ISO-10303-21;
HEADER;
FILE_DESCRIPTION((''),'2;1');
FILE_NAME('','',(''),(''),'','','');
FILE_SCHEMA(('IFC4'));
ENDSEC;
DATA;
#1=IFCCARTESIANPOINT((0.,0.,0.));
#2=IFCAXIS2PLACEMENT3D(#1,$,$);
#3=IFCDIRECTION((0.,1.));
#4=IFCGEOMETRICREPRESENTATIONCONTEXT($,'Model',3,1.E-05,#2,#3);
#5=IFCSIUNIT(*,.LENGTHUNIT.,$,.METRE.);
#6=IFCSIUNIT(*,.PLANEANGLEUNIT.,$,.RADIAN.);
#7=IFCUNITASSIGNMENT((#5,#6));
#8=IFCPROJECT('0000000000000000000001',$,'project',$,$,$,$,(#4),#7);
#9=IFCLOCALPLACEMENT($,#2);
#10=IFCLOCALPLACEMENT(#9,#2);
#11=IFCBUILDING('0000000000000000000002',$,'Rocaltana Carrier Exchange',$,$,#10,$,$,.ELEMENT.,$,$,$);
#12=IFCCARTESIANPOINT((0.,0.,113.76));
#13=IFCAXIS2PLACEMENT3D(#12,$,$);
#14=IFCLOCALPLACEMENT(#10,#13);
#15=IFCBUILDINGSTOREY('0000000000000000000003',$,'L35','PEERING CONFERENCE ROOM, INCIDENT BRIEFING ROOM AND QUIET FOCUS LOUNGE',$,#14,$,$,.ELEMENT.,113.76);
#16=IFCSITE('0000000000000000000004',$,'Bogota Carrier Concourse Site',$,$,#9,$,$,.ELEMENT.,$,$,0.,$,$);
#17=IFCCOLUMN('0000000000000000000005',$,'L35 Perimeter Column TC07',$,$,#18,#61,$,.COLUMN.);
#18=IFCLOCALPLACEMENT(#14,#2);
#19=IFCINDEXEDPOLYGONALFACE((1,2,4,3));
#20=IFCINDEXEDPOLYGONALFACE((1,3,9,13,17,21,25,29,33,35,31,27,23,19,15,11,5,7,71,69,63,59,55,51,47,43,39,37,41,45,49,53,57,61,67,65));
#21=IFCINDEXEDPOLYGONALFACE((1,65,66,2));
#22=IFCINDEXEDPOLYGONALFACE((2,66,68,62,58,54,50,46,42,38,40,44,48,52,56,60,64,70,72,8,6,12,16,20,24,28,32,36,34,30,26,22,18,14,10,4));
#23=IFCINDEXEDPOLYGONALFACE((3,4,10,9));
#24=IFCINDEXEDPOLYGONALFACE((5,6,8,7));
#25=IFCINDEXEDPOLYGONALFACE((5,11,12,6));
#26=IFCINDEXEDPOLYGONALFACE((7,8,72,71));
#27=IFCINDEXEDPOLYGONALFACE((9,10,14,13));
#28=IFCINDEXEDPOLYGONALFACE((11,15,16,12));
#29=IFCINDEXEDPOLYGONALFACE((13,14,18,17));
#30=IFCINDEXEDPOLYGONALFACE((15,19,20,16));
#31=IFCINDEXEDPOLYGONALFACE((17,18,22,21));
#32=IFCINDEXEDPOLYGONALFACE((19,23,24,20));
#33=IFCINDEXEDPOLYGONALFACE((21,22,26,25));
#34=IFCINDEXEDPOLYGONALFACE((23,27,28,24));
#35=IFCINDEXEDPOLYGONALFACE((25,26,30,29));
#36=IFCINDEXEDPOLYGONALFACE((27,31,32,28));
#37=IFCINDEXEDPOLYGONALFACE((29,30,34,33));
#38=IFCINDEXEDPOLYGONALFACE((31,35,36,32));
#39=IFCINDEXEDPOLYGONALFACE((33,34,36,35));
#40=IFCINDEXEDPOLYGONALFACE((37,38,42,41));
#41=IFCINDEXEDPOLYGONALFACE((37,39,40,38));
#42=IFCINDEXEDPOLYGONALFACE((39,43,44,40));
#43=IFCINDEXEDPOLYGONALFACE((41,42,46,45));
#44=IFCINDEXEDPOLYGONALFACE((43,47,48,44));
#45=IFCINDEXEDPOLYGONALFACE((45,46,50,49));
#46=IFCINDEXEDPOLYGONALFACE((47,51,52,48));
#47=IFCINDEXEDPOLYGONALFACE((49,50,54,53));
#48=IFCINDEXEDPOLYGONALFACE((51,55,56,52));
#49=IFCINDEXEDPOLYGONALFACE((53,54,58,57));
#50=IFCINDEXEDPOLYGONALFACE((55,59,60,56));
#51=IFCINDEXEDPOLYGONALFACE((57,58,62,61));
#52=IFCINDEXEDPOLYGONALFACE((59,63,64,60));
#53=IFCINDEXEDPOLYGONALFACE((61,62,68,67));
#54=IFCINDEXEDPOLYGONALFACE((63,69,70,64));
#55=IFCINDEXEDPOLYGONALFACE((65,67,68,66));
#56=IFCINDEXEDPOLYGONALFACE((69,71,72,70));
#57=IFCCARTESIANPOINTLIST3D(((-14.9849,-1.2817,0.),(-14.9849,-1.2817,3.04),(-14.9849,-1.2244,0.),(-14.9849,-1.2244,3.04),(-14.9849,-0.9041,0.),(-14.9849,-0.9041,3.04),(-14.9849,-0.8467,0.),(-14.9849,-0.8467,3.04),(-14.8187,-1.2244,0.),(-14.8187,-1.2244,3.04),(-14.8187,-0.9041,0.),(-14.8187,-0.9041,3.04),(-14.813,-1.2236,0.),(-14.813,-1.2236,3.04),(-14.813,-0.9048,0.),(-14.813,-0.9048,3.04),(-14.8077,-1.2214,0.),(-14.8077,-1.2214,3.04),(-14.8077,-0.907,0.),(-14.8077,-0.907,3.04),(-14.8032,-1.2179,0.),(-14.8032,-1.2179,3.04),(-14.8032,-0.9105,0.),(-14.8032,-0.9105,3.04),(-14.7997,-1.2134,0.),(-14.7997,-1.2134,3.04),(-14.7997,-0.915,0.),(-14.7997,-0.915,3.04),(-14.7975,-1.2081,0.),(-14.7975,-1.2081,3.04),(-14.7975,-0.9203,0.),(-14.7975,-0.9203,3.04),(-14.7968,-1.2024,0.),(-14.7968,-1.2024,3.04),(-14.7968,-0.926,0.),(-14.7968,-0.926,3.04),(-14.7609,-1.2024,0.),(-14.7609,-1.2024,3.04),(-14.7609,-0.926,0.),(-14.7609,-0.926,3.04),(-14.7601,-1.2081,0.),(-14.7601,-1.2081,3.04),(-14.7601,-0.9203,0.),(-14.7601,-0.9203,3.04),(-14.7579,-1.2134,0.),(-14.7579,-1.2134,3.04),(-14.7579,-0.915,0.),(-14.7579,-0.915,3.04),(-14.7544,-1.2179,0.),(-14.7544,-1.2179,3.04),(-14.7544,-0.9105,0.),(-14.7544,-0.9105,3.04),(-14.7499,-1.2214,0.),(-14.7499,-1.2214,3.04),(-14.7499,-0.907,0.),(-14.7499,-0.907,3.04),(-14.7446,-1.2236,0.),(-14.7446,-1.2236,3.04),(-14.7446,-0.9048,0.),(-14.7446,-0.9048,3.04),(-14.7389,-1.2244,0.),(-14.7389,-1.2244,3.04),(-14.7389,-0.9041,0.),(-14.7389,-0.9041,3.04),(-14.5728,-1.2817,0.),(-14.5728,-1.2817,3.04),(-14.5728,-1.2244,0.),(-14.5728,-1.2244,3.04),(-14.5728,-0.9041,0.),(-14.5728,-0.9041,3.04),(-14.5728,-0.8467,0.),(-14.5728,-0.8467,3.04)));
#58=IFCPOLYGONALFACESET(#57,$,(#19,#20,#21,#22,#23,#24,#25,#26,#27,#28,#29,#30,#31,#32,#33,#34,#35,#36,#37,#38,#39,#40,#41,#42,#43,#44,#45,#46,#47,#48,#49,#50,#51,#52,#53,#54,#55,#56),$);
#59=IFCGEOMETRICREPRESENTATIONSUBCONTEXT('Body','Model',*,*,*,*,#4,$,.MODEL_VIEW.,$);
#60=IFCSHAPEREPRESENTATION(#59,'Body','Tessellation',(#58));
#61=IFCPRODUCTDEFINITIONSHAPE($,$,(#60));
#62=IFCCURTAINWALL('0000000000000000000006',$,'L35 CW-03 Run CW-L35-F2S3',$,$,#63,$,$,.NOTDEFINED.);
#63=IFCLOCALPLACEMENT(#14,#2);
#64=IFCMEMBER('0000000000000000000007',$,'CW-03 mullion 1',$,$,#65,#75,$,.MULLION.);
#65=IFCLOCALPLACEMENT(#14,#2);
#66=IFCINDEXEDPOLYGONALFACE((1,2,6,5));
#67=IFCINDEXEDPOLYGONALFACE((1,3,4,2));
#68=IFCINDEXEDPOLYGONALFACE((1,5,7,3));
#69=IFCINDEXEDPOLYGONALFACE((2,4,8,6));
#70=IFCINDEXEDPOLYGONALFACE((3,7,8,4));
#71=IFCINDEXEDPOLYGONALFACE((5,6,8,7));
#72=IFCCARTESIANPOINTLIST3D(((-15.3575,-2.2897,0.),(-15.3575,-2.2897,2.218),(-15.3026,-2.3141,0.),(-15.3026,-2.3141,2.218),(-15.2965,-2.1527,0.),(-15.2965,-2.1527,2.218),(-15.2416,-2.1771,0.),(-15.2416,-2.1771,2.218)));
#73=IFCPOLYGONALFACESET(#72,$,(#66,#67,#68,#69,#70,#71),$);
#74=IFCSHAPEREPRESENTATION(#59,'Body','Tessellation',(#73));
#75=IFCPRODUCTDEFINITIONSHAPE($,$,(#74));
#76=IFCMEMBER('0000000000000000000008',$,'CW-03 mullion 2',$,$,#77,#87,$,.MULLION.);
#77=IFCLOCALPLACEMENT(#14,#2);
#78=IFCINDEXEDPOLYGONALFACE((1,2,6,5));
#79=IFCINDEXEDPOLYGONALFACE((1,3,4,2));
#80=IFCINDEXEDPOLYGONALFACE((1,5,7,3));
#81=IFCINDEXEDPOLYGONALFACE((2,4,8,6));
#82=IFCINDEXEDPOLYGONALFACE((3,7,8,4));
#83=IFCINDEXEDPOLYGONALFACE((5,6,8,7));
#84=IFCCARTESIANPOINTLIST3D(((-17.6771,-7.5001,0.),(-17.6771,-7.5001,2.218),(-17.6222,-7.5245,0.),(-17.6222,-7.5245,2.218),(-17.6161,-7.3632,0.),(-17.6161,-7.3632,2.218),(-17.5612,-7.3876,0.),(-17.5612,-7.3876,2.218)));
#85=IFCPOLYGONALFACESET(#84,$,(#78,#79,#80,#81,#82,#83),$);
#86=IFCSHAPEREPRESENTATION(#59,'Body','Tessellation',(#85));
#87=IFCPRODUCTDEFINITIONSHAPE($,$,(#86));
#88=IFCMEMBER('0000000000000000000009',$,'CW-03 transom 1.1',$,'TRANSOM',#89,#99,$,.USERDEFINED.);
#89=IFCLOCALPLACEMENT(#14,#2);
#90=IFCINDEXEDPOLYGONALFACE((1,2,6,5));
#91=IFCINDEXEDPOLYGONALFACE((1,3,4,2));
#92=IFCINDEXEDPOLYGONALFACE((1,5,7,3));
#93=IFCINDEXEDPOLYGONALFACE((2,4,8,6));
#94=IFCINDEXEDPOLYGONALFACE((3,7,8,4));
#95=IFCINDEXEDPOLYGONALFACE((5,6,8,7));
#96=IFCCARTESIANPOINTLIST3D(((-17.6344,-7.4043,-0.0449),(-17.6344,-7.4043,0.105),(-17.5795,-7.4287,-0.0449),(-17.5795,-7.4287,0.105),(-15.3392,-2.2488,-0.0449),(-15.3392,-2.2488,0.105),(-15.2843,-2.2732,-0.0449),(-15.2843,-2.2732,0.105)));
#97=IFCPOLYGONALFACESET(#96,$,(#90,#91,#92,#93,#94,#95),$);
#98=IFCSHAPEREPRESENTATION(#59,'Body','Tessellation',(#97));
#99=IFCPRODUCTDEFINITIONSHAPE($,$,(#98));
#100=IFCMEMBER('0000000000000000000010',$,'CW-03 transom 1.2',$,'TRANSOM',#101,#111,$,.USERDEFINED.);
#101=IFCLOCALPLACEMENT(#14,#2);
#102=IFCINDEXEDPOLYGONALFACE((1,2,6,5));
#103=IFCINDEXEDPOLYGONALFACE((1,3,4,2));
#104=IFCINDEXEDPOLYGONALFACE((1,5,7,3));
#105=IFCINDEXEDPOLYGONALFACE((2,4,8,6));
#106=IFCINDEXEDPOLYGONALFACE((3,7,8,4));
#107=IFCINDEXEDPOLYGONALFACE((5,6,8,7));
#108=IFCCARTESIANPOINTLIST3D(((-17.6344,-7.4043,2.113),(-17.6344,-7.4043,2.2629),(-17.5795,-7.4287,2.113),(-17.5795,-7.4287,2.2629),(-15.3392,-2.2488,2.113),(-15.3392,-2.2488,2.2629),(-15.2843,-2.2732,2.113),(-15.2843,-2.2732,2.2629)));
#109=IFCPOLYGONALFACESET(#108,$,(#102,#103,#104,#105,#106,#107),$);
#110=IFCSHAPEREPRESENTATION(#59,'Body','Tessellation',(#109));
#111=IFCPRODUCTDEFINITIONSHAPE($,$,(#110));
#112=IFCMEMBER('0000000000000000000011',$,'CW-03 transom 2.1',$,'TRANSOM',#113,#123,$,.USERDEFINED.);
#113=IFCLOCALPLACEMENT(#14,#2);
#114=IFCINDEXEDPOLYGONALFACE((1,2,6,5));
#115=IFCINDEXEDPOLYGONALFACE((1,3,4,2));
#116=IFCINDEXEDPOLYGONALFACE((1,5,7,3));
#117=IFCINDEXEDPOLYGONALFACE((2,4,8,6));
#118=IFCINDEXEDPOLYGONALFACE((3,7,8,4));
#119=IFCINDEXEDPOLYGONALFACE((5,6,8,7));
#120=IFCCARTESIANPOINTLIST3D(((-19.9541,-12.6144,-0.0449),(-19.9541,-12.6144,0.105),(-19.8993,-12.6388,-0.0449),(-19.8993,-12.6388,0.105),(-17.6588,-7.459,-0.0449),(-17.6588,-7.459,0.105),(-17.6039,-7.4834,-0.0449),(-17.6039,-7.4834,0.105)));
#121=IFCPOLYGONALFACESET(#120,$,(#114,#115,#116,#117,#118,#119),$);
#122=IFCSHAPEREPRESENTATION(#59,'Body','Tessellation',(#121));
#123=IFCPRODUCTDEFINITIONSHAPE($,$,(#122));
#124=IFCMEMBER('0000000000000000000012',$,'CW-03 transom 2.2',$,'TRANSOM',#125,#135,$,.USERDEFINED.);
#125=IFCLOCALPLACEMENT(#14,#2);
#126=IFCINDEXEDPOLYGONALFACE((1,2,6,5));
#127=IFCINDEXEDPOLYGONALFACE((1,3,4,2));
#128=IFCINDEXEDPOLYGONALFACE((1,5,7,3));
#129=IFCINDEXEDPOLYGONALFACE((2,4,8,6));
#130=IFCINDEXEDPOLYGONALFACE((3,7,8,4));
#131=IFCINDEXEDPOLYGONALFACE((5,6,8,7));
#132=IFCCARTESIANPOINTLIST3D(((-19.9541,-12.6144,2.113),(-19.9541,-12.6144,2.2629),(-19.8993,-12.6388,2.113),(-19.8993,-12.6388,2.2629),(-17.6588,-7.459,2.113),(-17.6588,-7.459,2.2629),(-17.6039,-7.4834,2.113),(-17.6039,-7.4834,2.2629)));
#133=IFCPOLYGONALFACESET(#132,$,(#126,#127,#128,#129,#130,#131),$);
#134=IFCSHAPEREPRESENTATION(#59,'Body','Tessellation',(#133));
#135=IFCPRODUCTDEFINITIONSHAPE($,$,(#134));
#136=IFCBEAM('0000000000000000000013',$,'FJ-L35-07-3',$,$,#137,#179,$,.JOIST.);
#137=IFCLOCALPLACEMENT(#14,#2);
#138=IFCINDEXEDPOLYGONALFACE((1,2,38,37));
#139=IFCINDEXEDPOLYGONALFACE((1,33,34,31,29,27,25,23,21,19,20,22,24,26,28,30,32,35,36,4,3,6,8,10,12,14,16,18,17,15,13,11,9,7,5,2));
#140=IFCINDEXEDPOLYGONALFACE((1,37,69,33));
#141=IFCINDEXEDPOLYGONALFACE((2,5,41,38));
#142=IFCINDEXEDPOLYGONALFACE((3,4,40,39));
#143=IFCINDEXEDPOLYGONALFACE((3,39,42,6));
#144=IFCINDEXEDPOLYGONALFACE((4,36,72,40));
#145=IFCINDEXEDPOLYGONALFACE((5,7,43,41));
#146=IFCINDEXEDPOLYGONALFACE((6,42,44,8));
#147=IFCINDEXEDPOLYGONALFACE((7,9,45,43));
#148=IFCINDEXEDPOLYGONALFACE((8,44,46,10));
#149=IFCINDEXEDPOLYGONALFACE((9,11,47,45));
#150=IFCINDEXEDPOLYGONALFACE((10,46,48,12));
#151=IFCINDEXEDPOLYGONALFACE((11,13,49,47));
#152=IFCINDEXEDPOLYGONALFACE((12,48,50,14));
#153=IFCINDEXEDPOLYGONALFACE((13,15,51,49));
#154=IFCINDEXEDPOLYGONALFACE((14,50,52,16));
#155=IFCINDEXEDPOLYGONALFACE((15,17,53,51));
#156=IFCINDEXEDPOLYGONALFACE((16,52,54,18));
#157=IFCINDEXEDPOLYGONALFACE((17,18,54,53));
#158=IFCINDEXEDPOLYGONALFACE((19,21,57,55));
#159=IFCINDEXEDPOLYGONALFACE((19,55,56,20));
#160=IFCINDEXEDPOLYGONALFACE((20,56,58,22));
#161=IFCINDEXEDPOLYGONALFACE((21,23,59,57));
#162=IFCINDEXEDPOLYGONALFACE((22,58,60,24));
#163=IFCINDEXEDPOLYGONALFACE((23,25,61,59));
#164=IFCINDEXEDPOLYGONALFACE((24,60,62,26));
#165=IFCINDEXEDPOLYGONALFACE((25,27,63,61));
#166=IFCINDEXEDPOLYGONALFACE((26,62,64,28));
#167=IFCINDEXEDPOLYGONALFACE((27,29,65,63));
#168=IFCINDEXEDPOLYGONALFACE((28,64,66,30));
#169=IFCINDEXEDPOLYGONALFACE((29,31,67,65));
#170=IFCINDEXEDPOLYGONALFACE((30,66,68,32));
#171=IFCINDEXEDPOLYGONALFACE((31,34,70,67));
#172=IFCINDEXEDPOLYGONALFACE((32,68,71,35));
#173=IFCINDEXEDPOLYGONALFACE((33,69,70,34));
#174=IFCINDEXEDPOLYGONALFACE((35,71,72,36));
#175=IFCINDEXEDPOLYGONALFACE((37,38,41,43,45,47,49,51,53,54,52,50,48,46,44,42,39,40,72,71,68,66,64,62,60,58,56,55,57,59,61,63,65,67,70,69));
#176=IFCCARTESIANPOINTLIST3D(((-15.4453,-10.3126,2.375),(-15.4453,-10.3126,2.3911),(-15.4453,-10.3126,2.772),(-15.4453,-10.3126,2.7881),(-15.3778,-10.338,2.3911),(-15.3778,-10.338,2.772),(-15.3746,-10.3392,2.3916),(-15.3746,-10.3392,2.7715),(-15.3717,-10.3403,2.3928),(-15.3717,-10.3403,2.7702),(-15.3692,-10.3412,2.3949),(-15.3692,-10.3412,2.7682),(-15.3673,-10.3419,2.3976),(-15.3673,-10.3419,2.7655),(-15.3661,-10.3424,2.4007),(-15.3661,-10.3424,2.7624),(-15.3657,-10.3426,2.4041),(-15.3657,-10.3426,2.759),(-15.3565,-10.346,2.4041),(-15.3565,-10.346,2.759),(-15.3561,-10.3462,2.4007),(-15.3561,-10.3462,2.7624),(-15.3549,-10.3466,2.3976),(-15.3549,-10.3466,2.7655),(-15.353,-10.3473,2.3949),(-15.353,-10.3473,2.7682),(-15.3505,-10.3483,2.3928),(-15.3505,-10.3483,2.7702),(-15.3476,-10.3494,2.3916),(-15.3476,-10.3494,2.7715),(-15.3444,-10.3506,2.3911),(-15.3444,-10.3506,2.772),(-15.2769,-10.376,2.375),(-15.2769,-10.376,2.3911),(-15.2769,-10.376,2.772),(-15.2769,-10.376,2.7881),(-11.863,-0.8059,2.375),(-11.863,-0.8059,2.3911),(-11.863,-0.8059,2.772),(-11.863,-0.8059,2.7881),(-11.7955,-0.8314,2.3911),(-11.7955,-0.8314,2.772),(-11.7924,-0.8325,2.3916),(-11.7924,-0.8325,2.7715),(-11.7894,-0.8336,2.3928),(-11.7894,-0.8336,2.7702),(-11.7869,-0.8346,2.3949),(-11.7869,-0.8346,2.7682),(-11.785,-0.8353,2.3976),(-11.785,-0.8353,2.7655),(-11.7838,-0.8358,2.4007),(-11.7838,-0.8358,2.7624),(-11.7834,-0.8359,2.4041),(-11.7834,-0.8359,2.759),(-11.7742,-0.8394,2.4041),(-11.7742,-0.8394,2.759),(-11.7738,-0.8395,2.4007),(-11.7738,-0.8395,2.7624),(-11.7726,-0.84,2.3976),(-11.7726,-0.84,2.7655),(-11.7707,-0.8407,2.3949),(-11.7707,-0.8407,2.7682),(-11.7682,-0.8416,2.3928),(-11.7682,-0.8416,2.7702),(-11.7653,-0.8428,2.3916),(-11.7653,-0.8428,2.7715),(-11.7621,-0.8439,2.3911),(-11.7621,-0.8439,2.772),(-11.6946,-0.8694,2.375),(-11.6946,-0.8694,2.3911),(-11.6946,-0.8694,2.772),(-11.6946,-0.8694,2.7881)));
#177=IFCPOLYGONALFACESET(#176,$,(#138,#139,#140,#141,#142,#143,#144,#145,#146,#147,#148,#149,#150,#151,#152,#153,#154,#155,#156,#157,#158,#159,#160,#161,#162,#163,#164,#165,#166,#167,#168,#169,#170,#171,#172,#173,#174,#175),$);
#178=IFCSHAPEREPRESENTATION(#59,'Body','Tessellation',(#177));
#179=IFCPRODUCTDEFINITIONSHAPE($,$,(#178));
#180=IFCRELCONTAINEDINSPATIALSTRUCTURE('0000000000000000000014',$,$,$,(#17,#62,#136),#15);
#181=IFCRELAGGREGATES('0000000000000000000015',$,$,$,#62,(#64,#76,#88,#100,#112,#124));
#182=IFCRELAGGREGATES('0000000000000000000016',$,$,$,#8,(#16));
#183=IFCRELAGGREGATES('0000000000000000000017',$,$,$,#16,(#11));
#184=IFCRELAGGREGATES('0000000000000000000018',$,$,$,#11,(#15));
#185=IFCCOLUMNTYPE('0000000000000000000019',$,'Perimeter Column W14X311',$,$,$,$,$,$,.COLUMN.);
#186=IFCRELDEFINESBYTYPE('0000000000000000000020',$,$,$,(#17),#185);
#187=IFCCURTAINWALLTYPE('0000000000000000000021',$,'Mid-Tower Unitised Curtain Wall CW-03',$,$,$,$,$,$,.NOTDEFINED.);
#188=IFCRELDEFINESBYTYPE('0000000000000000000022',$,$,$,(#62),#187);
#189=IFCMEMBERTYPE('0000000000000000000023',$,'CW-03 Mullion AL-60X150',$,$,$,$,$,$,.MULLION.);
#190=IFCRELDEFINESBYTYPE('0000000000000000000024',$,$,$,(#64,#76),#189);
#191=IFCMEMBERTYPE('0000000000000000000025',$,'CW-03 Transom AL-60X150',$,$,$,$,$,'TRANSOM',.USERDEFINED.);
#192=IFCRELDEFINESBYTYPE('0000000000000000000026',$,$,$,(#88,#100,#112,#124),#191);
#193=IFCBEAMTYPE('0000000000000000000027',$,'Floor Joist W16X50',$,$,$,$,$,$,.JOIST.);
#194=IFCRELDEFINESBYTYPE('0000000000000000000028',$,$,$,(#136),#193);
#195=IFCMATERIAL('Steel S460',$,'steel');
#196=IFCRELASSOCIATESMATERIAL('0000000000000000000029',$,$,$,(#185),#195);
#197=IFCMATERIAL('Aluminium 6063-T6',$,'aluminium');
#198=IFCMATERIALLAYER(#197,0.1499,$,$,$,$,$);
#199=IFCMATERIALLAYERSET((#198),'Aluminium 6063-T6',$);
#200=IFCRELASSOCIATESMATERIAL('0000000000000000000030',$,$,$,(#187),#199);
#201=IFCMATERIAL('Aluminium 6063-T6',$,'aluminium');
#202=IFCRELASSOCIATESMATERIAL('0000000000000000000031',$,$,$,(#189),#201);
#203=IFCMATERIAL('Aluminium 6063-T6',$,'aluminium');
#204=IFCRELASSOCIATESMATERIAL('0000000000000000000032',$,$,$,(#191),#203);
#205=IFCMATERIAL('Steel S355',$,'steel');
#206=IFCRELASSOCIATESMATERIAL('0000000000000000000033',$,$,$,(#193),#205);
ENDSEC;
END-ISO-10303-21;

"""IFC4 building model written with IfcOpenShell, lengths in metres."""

from ifc_helpers import new_model, si_unit, direction, frame, origin, origin_2d, place, context, subcontext, project, spatial, rectangle, i_section, extrude, material, layer, layer_set, material_profile, profile_set, type_object, element, aggregate, save


model = new_model("IFC4")

# Units and contexts
model_context = context("Model", 3, precision=1e-05, world=origin(), true_north=direction((0.0, 1.0)))
body_context = subcontext(model_context, "Body", "Model", "MODEL_VIEW")
ifc_project = project(units=[si_unit("LENGTHUNIT", "METRE"), si_unit("PLANEANGLEUNIT", "RADIAN")], contexts=[model_context])

# Site, building, storey
site_placement = place(None, origin())
site = spatial("IfcSite", under=ifc_project, at=site_placement, Name="Bogota Carrier Concourse Site", CompositionType="ELEMENT", RefElevation=0.0)
building_placement = place(site_placement, origin())
building = spatial("IfcBuilding", under=site, at=building_placement, Name="Rocaltana Carrier Exchange", CompositionType="ELEMENT")
storey_placement = place(building_placement, frame((0.0, 0.0, 113.76)))
storey = spatial("IfcBuildingStorey", under=building, at=storey_placement, Name="L35", Description="PEERING CONFERENCE ROOM, INCIDENT BRIEFING ROOM AND QUIET FOCUS LOUNGE", CompositionType="ELEMENT", Elevation=113.76)

# Column
ifc_material_1 = material(Name="Steel S460", Category="steel")
ifc_material_profile_1 = material_profile(ifc_material_1, i_section(OverallWidth=0.4121, OverallDepth=0.4351, WebThickness=0.0359, FlangeThickness=0.0574, FilletRadius=0.022, at=origin_2d()), Name="W14X311")
ifc_profile_set_1 = profile_set([ifc_material_profile_1], Name="Steel S460")
column_type = type_object("IfcColumnType", Name="Perimeter Column W14X311", PredefinedType="COLUMN", material=ifc_profile_set_1)
column_placement = place(storey_placement, frame((-14.7788, -1.0642, 0.0), z_axis=(0.0, 0.0, 1.0), x_axis=(1.0, 0.0, 0.0)))
element("IfcColumn", 1, at=column_placement, inside=storey, type_object=column_type, Name="L35 Perimeter Column TC07", PredefinedType="COLUMN", context=body_context, shape_type="SweptSolid", body=[
    extrude(i_section(OverallWidth=0.4121, OverallDepth=0.4351, WebThickness=0.0359, FlangeThickness=0.0574, FilletRadius=0.022, at=origin_2d()), origin(), (0.0, 0.0, 1.0), 3.04),
])

# Curtain wall, members
ifc_material_2 = material(Name="Aluminium 6063-T6", Category="aluminium")
ifc_layer_1 = layer(ifc_material_2, 0.1499)
ifc_layer_set_1 = layer_set([ifc_layer_1], Name="Aluminium 6063-T6")
curtain_wall_type = type_object("IfcCurtainWallType", Name="Mid-Tower Unitised Curtain Wall CW-03", PredefinedType="NOTDEFINED", material=ifc_layer_set_1)
curtain_wall_placement = place(storey_placement, origin())
curtain_wall = element("IfcCurtainWall", 2, at=curtain_wall_placement, inside=storey, type_object=curtain_wall_type, Name="L35 CW-03 Run CW-L35-F2S3", PredefinedType="NOTDEFINED")
ifc_material_3 = material(Name="Aluminium 6063-T6", Category="aluminium")
ifc_material_profile_2 = material_profile(ifc_material_3, rectangle(XDim=0.0601, YDim=0.1499, at=origin_2d()), Name="AL-60X150")
ifc_profile_set_2 = profile_set([ifc_material_profile_2], Name="Aluminium 6063-T6")
member_type_1 = type_object("IfcMemberType", Name="CW-03 Mullion AL-60X150", PredefinedType="MULLION", material=ifc_profile_set_2)
member_1_placement = place(storey_placement, frame((-15.2996, -2.2334, 0.0), z_axis=(0.0, 0.0, 1.0), x_axis=(0.913547, -0.406733, 0.0)))
member_1 = element("IfcMember", 3, at=member_1_placement, type_object=member_type_1, Name="CW-03 mullion 1", PredefinedType="MULLION", context=body_context, shape_type="SweptSolid", body=[
    extrude(rectangle(XDim=0.0601, YDim=0.1499, at=origin_2d()), origin(), (0.0, 0.0, 1.0), 2.218),
])
member_2_placement = place(storey_placement, frame((-17.6191, -7.4438, 0.0), z_axis=(0.0, 0.0, 1.0), x_axis=(0.913547, -0.406733, 0.0)))
member_2 = element("IfcMember", 4, at=member_2_placement, type_object=member_type_1, Name="CW-03 mullion 2", PredefinedType="MULLION", context=body_context, shape_type="SweptSolid", body=[
    extrude(rectangle(XDim=0.0601, YDim=0.1499, at=origin_2d()), origin(), (0.0, 0.0, 1.0), 2.218),
])
ifc_material_4 = material(Name="Aluminium 6063-T6", Category="aluminium")
ifc_material_profile_3 = material_profile(ifc_material_4, rectangle(XDim=0.0601, YDim=0.1499, at=origin_2d()), Name="AL-60X150")
ifc_profile_set_3 = profile_set([ifc_material_profile_3], Name="Aluminium 6063-T6")
member_type_2 = type_object("IfcMemberType", Name="CW-03 Transom AL-60X150", ElementType="TRANSOM", PredefinedType="USERDEFINED", material=ifc_profile_set_3)
member_3_placement = place(storey_placement, frame((-15.3118, -2.261, 0.03), z_axis=(-0.406704, -0.91356, 0.0), x_axis=(0.91356, -0.406704, 0.0)))
member_3 = element("IfcMember", 5, at=member_3_placement, type_object=member_type_2, Name="CW-03 transom 1.1", ObjectType="TRANSOM", PredefinedType="USERDEFINED", context=body_context, shape_type="SweptSolid", body=[
    extrude(rectangle(XDim=0.0601, YDim=0.1499, at=origin_2d()), origin(), (0.0, 0.0, 1.0), 5.6433),
])
member_4_placement = place(storey_placement, frame((-15.3118, -2.261, 2.188), z_axis=(-0.406704, -0.91356, 0.0), x_axis=(0.91356, -0.406704, 0.0)))
member_4 = element("IfcMember", 6, at=member_4_placement, type_object=member_type_2, Name="CW-03 transom 1.2", ObjectType="TRANSOM", PredefinedType="USERDEFINED", context=body_context, shape_type="SweptSolid", body=[
    extrude(rectangle(XDim=0.0601, YDim=0.1499, at=origin_2d()), origin(), (0.0, 0.0, 1.0), 5.6433),
])
member_5_placement = place(storey_placement, frame((-17.6313, -7.4712, 0.03), z_axis=(-0.40674, -0.913544, 0.0), x_axis=(0.913544, -0.40674, 0.0)))
member_5 = element("IfcMember", 7, at=member_5_placement, type_object=member_type_2, Name="CW-03 transom 2.1", ObjectType="TRANSOM", PredefinedType="USERDEFINED", context=body_context, shape_type="SweptSolid", body=[
    extrude(rectangle(XDim=0.0601, YDim=0.1499, at=origin_2d()), origin(), (0.0, 0.0, 1.0), 5.6433),
])
member_6_placement = place(storey_placement, frame((-17.6313, -7.4712, 2.188), z_axis=(-0.40674, -0.913544, 0.0), x_axis=(0.913544, -0.40674, 0.0)))
member_6 = element("IfcMember", 8, at=member_6_placement, type_object=member_type_2, Name="CW-03 transom 2.2", ObjectType="TRANSOM", PredefinedType="USERDEFINED", context=body_context, shape_type="SweptSolid", body=[
    extrude(rectangle(XDim=0.0601, YDim=0.1499, at=origin_2d()), origin(), (0.0, 0.0, 1.0), 5.6433),
])

# Beam
ifc_material_5 = material(Name="Steel S355", Category="steel")
ifc_material_profile_4 = material_profile(ifc_material_5, i_section(OverallWidth=0.1799, OverallDepth=0.4131, WebThickness=0.0098, FlangeThickness=0.0161, FilletRadius=0.0129, at=origin_2d()), Name="W16X50")
ifc_profile_set_4 = profile_set([ifc_material_profile_4], Name="Steel S355")
beam_type_1 = type_object("IfcBeamType", Name="Floor Joist W16X50", PredefinedType="JOIST", material=ifc_profile_set_4)
beam_1_placement = place(storey_placement, frame((-11.7788, -0.8376, 2.5815), z_axis=(-0.352616, -0.935768, 0.0), x_axis=(0.935768, -0.352616, 0.0)))
element("IfcBeam", 9, at=beam_1_placement, inside=storey, type_object=beam_type_1, Name="FJ-L35-07-3", PredefinedType="JOIST", context=body_context, shape_type="SweptSolid", body=[
    extrude(i_section(OverallWidth=0.1799, OverallDepth=0.4131, WebThickness=0.0098, FlangeThickness=0.0161, FilletRadius=0.0129, at=origin_2d()), origin(), (0.0, 0.0, 1.0), 10.1592),
])

aggregate(curtain_wall, [member_1, member_2, member_3, member_4, member_5, member_6])

save(model, "model.ifc")
